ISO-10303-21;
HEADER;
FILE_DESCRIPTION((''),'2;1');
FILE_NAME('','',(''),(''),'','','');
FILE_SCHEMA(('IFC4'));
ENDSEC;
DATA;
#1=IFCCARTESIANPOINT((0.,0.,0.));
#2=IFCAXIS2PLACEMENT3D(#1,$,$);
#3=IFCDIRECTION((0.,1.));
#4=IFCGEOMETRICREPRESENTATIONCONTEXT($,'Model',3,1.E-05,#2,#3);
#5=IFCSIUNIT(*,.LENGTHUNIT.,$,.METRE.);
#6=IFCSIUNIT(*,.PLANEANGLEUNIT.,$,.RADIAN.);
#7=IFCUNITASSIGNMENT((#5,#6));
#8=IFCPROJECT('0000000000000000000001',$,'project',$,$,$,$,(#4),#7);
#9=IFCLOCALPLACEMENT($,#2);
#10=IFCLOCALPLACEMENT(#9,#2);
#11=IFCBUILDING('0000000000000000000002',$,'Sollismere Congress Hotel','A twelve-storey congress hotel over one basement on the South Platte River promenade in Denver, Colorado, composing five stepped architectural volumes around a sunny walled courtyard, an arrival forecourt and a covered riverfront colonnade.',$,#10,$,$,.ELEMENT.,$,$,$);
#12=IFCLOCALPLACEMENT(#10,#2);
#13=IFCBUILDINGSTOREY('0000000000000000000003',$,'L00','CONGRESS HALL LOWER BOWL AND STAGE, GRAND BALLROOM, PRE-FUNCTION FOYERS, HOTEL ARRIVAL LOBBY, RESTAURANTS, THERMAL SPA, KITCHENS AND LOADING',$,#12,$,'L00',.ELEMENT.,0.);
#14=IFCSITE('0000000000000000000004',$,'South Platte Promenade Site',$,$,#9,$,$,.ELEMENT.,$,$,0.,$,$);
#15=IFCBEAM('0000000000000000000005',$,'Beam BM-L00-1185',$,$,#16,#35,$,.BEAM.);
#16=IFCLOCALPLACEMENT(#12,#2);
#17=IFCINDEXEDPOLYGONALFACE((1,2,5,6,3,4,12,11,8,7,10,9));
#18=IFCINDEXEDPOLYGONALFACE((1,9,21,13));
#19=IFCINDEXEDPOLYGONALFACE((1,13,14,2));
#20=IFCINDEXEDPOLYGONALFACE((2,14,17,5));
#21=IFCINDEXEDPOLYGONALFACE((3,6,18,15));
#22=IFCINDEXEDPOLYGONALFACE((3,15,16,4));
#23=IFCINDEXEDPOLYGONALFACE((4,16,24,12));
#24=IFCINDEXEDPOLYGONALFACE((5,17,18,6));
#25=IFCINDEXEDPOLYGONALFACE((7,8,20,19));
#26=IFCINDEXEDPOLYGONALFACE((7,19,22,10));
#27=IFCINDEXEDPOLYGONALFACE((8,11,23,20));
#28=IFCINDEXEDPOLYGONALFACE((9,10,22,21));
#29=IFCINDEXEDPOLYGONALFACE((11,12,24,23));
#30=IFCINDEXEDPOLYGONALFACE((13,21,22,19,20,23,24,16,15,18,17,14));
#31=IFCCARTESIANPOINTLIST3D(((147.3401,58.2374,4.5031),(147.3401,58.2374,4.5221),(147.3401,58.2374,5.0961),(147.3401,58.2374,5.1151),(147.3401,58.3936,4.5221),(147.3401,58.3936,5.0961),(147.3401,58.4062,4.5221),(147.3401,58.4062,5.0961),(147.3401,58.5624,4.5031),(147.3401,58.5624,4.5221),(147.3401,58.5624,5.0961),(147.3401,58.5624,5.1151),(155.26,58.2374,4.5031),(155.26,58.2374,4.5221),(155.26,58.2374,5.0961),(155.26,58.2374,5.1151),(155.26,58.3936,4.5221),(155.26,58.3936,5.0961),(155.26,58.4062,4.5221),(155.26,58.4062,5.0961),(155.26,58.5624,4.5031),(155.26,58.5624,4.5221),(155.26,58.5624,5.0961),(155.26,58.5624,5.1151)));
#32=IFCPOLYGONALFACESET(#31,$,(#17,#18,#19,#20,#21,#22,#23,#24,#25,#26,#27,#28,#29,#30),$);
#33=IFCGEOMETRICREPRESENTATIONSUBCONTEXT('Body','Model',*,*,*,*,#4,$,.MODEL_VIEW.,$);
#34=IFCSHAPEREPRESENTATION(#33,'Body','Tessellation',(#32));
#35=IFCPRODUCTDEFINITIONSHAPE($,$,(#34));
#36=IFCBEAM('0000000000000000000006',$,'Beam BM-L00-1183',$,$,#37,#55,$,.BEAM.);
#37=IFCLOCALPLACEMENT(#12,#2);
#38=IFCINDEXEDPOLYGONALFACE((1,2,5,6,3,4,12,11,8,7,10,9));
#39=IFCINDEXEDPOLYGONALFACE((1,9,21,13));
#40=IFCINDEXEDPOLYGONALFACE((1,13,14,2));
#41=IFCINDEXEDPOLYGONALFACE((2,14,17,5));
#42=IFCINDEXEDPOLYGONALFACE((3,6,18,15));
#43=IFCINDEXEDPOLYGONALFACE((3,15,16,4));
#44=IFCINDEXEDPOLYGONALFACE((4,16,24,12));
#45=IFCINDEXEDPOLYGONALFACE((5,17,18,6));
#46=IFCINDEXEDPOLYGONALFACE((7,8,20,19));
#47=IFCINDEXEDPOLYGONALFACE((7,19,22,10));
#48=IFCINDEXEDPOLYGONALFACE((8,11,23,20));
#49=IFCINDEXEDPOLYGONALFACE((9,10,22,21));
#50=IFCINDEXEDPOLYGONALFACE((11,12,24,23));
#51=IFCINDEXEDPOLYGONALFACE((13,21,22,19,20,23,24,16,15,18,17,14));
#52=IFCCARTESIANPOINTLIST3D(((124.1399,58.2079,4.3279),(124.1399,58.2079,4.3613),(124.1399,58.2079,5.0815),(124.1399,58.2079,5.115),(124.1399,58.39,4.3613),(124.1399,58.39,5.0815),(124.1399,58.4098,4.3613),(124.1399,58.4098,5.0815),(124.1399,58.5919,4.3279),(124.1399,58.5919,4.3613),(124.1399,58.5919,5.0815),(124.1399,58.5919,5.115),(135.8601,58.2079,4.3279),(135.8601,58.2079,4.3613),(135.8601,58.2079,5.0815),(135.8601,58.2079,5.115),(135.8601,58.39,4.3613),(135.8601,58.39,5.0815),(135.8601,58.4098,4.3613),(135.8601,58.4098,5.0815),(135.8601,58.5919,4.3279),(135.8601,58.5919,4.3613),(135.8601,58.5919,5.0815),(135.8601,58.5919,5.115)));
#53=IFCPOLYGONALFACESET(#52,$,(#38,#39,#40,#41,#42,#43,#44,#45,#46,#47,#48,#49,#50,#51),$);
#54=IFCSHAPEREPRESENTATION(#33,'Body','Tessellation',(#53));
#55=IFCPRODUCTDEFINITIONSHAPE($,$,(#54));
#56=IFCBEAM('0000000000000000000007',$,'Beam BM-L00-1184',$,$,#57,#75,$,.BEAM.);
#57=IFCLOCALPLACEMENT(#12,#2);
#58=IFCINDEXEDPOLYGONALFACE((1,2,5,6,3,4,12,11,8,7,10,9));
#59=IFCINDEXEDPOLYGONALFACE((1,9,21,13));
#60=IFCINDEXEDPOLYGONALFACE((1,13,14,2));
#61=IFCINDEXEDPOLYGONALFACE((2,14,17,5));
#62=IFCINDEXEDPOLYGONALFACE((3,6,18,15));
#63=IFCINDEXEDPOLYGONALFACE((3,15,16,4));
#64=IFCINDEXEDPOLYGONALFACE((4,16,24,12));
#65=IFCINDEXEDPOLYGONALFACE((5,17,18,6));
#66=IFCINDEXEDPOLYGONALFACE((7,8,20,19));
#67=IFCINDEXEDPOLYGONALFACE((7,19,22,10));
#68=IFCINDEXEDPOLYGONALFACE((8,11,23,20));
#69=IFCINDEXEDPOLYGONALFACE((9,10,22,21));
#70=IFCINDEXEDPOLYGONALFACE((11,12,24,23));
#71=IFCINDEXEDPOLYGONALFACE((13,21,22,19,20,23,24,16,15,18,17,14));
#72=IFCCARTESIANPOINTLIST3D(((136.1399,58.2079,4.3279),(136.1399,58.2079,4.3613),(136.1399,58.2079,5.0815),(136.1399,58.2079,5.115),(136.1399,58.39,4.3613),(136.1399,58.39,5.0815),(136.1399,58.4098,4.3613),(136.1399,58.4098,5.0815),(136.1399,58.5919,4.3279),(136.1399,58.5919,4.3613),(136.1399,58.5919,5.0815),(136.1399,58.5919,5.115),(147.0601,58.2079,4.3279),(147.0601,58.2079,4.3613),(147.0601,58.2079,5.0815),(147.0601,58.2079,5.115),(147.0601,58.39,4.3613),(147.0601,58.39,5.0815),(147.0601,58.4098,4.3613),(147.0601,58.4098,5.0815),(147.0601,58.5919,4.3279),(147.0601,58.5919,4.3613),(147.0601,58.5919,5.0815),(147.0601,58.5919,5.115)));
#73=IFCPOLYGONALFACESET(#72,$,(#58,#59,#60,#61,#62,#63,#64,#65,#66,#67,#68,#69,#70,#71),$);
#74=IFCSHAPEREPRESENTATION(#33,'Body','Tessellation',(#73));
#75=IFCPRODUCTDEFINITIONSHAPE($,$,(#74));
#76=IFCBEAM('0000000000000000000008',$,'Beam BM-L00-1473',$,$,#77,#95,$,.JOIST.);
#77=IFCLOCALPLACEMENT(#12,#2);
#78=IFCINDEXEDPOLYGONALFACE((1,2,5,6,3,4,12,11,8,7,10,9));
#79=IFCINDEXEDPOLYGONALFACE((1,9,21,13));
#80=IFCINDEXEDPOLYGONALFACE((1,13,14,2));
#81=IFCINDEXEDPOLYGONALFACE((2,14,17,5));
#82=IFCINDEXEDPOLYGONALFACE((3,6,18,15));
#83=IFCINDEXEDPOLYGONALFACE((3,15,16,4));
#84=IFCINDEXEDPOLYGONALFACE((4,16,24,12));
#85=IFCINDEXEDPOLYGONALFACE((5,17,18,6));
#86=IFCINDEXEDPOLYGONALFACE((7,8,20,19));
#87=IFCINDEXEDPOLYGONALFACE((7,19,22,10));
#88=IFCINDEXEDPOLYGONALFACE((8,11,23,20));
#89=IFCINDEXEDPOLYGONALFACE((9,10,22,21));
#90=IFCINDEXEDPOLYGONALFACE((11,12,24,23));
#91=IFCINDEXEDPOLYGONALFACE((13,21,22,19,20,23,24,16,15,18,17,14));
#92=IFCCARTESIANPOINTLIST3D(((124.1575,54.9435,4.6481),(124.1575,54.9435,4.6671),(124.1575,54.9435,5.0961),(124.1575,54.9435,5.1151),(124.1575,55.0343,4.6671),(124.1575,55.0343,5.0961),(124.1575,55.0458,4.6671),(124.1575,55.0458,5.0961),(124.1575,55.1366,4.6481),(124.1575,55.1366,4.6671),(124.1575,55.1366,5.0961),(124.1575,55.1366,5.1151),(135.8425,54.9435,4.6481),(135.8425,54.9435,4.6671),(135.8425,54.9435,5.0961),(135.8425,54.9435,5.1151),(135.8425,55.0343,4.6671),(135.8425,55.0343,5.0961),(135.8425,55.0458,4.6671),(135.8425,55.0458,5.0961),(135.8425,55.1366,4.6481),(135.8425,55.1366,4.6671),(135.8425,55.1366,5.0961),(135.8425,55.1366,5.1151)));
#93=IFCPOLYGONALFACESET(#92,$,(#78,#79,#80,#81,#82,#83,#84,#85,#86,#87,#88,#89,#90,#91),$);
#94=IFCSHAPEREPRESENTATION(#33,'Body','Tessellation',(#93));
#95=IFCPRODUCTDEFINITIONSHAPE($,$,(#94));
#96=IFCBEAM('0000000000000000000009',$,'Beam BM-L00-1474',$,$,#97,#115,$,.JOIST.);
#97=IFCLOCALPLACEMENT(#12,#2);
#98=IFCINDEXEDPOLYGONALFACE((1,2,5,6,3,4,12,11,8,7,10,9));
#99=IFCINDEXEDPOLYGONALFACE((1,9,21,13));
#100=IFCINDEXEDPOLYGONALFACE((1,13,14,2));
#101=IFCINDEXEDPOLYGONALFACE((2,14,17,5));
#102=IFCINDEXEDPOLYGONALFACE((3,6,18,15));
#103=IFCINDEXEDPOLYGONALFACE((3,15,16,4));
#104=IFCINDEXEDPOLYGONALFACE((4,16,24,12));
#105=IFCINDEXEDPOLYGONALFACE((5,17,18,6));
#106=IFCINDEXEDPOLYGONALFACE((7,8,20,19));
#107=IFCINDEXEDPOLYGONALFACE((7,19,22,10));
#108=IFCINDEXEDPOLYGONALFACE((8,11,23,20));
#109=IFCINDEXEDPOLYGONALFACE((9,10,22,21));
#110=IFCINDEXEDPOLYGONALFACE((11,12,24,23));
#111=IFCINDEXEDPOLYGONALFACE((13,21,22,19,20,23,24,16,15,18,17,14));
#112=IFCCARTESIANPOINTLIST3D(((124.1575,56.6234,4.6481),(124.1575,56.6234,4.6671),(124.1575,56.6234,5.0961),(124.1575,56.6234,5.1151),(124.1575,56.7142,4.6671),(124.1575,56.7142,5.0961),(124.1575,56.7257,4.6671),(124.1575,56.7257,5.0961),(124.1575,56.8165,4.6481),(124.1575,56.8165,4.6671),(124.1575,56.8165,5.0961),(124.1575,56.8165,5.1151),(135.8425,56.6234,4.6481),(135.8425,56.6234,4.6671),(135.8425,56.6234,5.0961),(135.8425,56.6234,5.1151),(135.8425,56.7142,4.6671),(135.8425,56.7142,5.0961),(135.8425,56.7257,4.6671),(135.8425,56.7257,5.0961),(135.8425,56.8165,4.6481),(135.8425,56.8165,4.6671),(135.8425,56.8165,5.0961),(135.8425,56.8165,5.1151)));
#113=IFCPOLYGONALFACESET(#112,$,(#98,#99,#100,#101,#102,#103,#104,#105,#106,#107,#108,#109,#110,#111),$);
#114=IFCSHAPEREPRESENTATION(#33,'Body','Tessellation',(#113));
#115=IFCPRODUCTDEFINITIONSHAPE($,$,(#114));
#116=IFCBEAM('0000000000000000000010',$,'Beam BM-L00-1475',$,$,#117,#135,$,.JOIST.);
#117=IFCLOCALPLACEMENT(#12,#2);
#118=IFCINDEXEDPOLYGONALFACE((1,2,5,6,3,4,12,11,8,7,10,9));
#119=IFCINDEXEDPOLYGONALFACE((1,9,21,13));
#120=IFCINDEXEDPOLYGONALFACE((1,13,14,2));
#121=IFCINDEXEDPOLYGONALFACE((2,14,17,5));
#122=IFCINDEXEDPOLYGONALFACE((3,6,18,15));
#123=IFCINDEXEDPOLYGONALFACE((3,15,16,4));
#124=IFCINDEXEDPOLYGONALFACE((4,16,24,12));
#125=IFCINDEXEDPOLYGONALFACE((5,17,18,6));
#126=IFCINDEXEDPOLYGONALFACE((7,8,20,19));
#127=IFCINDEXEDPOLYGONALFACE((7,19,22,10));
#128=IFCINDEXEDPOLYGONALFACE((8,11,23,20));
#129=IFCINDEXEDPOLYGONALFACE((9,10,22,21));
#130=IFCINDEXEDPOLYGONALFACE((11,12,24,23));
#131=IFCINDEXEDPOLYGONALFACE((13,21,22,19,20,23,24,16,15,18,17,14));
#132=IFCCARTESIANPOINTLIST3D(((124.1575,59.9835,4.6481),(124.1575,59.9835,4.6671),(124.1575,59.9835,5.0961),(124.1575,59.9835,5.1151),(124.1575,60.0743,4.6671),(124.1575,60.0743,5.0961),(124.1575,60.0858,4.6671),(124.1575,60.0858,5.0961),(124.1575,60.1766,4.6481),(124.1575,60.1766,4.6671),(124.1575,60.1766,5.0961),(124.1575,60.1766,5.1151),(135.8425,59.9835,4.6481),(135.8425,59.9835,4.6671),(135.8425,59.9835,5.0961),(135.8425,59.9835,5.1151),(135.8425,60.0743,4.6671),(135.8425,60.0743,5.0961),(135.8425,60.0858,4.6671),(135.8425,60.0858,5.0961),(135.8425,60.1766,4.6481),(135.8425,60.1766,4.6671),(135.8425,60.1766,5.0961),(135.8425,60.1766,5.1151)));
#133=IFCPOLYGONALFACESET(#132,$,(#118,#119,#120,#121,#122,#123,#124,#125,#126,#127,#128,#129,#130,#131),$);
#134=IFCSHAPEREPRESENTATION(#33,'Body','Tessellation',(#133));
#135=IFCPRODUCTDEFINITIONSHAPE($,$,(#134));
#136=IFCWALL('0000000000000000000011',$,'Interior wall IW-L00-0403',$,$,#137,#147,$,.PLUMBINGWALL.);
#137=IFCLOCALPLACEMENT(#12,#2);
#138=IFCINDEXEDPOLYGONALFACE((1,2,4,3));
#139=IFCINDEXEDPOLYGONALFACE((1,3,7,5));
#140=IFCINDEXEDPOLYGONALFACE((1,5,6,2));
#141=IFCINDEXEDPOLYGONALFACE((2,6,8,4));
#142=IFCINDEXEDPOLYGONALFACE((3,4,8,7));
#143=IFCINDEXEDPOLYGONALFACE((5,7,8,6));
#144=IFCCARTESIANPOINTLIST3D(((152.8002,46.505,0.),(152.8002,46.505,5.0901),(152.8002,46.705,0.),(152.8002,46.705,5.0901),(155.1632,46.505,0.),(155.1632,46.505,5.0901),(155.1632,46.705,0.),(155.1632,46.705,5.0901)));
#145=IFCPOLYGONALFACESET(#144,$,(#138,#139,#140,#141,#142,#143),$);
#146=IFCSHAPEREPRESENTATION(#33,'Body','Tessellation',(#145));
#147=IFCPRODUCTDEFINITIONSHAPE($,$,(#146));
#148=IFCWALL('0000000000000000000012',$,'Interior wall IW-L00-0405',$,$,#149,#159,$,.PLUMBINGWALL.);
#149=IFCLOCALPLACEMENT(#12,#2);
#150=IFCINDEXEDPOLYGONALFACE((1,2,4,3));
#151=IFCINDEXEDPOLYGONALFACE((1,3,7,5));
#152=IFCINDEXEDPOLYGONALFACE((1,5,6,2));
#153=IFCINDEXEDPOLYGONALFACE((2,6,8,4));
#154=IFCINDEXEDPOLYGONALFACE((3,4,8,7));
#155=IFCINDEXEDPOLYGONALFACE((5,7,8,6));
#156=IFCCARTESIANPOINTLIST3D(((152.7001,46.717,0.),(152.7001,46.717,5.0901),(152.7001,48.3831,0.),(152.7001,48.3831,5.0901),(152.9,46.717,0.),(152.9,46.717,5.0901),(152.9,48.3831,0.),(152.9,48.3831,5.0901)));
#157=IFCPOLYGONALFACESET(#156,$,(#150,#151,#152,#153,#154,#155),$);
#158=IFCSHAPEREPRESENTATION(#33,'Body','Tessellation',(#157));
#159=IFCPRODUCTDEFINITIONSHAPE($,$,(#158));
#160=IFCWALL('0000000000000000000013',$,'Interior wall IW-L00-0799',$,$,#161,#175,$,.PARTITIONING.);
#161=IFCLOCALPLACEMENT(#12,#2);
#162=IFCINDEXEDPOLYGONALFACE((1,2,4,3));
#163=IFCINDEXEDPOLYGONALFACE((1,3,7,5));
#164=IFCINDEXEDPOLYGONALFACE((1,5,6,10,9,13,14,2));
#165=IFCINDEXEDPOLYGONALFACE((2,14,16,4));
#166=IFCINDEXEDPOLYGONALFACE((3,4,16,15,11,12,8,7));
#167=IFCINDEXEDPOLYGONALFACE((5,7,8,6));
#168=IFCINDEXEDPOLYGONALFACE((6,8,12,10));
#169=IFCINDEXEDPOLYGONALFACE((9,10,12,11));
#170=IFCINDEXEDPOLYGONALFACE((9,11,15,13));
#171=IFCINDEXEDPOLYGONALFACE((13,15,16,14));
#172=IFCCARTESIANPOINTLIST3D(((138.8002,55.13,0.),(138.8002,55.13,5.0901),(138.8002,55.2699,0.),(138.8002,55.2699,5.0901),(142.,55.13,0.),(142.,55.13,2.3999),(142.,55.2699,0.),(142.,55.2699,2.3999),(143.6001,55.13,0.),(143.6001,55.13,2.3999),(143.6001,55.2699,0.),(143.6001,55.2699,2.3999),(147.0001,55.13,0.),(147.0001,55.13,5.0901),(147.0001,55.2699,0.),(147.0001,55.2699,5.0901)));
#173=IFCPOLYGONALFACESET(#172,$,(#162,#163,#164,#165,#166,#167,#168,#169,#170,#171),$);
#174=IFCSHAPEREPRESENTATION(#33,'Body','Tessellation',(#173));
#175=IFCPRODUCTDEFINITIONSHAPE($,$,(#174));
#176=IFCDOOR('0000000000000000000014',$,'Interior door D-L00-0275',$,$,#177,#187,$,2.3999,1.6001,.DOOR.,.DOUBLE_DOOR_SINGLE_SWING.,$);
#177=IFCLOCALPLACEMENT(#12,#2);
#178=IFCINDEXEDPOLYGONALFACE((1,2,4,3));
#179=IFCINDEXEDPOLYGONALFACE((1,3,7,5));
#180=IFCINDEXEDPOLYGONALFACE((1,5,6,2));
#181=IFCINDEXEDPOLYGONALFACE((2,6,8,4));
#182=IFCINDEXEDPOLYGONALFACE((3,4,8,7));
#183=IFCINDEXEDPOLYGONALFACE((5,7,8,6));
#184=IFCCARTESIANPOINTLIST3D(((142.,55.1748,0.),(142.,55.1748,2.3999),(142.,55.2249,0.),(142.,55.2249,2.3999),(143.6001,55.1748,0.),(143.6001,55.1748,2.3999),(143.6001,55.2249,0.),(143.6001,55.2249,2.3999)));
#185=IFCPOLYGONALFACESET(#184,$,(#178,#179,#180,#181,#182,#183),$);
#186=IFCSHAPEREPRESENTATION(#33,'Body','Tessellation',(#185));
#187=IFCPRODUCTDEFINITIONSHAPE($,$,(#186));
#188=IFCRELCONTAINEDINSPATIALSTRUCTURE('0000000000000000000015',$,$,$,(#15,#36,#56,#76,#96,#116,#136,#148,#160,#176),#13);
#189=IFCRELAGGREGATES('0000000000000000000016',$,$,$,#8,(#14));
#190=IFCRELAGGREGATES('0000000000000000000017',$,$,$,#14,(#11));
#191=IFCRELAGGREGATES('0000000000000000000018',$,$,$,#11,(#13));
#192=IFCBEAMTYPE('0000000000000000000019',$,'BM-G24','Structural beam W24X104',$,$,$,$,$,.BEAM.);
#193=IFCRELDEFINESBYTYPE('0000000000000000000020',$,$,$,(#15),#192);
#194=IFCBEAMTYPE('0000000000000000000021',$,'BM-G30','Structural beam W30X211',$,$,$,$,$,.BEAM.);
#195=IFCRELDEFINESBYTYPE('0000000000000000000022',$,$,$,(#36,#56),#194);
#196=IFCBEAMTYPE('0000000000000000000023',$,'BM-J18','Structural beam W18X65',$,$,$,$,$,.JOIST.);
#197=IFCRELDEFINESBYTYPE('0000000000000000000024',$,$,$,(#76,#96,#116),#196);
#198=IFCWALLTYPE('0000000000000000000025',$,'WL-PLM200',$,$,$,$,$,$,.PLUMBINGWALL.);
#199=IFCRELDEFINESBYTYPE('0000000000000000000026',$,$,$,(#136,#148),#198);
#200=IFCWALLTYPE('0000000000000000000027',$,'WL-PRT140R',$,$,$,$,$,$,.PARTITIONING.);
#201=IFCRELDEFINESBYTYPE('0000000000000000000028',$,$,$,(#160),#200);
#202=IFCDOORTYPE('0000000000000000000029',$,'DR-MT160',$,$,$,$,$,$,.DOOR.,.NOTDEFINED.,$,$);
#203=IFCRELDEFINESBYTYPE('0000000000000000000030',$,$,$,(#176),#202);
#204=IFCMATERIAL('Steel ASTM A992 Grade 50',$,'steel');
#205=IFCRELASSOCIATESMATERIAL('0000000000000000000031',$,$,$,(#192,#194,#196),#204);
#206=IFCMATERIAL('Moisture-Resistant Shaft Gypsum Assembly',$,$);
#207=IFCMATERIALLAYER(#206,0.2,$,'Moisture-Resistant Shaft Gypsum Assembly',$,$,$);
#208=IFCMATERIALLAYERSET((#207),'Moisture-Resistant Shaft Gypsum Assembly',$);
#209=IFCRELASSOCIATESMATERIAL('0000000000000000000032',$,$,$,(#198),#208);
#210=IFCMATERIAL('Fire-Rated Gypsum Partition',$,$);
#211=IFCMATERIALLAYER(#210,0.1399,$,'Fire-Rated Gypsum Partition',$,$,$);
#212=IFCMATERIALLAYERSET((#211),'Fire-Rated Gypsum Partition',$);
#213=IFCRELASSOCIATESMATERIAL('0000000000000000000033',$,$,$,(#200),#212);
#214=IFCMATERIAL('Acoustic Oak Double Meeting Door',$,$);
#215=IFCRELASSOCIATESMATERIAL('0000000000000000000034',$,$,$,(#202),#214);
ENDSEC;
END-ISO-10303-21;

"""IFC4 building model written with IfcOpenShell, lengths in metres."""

from ifc_helpers import new_model, si_unit, direction, frame, frame_2d, origin, origin_2d, place, context, subcontext, project, spatial, rectangle, i_section, extrude, material, layer, layer_set, material_profile, profile_set, type_object, element, fill, save


model = new_model("IFC4")

# Units and contexts
model_context = context("Model", 3, precision=1e-05, world=origin(), true_north=direction((0.0, 1.0)))
body_context = subcontext(model_context, "Body", "Model", "MODEL_VIEW")
ifc_project = project(units=[si_unit("LENGTHUNIT", "METRE"), si_unit("PLANEANGLEUNIT", "RADIAN")], contexts=[model_context])

# Site, building, storey
site_placement = place(None, origin())
site = spatial("IfcSite", under=ifc_project, at=site_placement, Name="South Platte Promenade Site", CompositionType="ELEMENT", RefElevation=0.0)
building_placement = place(site_placement, origin())
building = spatial("IfcBuilding", under=site, at=building_placement, Name="Sollismere Congress Hotel", Description="A twelve-storey congress hotel over one basement on the South Platte River promenade in Denver, Colorado, composing five stepped architectural volumes around a sunny walled courtyard, an arrival forecourt and a covered riverfront colonnade.", CompositionType="ELEMENT")
storey_placement = place(building_placement, origin())
storey = spatial("IfcBuildingStorey", under=building, at=storey_placement, Name="L00", Description="CONGRESS HALL LOWER BOWL AND STAGE, GRAND BALLROOM, PRE-FUNCTION FOYERS, HOTEL ARRIVAL LOBBY, RESTAURANTS, THERMAL SPA, KITCHENS AND LOADING", LongName="L00", CompositionType="ELEMENT", Elevation=0.0)

# Shared definitions
ifc_material_1 = material(Name="Steel ASTM A992 Grade 50", Category="steel")

# Beams
ifc_material_profile_1 = material_profile(ifc_material_1, i_section(OverallWidth=0.325, OverallDepth=0.6121, WebThickness=0.0127, FlangeThickness=0.019, at=origin_2d()), Name="W24X104")
ifc_profile_set_1 = profile_set([ifc_material_profile_1], Name="Steel ASTM A992 Grade 50")
beam_type_1 = type_object("IfcBeamType", Name="BM-G24", Description="Structural beam W24X104", PredefinedType="BEAM", material=ifc_profile_set_1)
beam_1_placement = place(storey_placement, frame((147.3401, 58.3999, 4.8091), z_axis=(1.0, 0.0, 0.0), x_axis=(0.0, 1.0, 0.0)))
element("IfcBeam", 1, at=beam_1_placement, inside=storey, type_object=beam_type_1, Name="Beam BM-L00-1185", PredefinedType="BEAM", context=body_context, shape_type="SweptSolid", body=[
    extrude(i_section(OverallWidth=0.325, OverallDepth=0.6121, WebThickness=0.0127, FlangeThickness=0.019, at=origin_2d()), origin(), (0.0, 0.0, 1.0), 7.9199),
])
ifc_material_profile_2 = material_profile(ifc_material_1, i_section(OverallWidth=0.384, OverallDepth=0.7871, WebThickness=0.0198, FlangeThickness=0.0334, at=origin_2d()), Name="W30X211")
ifc_profile_set_2 = profile_set([ifc_material_profile_2], Name="Steel ASTM A992 Grade 50")
beam_type_2 = type_object("IfcBeamType", Name="BM-G30", Description="Structural beam W30X211", PredefinedType="BEAM", material=ifc_profile_set_2)
beam_2_placement = place(storey_placement, frame((124.1399, 58.3999, 4.7214), z_axis=(1.0, 0.0, 0.0), x_axis=(0.0, 1.0, 0.0)))
element("IfcBeam", 2, at=beam_2_placement, inside=storey, type_object=beam_type_2, Name="Beam BM-L00-1183", PredefinedType="BEAM", context=body_context, shape_type="SweptSolid", body=[
    extrude(i_section(OverallWidth=0.384, OverallDepth=0.7871, WebThickness=0.0198, FlangeThickness=0.0334, at=origin_2d()), origin(), (0.0, 0.0, 1.0), 11.7202),
])
beam_3_placement = place(storey_placement, frame((136.1399, 58.3999, 4.7214), z_axis=(1.0, 0.0, 0.0), x_axis=(0.0, 1.0, 0.0)))
element("IfcBeam", 3, at=beam_3_placement, inside=storey, type_object=beam_type_2, Name="Beam BM-L00-1184", PredefinedType="BEAM", context=body_context, shape_type="SweptSolid", body=[
    extrude(i_section(OverallWidth=0.384, OverallDepth=0.7871, WebThickness=0.0198, FlangeThickness=0.0334, at=origin_2d()), origin(), (0.0, 0.0, 1.0), 10.9202),
])
ifc_material_profile_3 = material_profile(ifc_material_1, i_section(OverallWidth=0.1931, OverallDepth=0.467, WebThickness=0.0115, FlangeThickness=0.019, at=origin_2d()), Name="W18X65")
ifc_profile_set_3 = profile_set([ifc_material_profile_3], Name="Steel ASTM A992 Grade 50")
beam_type_3 = type_object("IfcBeamType", Name="BM-J18", Description="Structural beam W18X65", PredefinedType="JOIST", material=ifc_profile_set_3)
for number, where, z_axis, x_axis, name in (
    (4, (124.1575, 55.04, 4.8816), (1.0, 0.0, 0.0), (0.0, 1.0, 0.0), "Beam BM-L00-1473"),
    (5, (124.1575, 56.72, 4.8816), (1.0, 0.0, 0.0), (0.0, 1.0, 0.0), "Beam BM-L00-1474"),
    (6, (124.1575, 60.0801, 4.8816), (1.0, 0.0, 0.0), (0.0, 1.0, 0.0), "Beam BM-L00-1475"),
):
    element("IfcBeam", number, at=place(storey_placement, frame(where, z_axis=z_axis, x_axis=x_axis)), inside=storey, type_object=beam_type_3, Name=name, PredefinedType="JOIST", context=body_context, shape_type="SweptSolid", body=[
        extrude(i_section(OverallWidth=0.1931, OverallDepth=0.467, WebThickness=0.0115, FlangeThickness=0.019, at=origin_2d()), origin(), (0.0, 0.0, 1.0), 11.6851),
    ])

# Walls
ifc_material_2 = material(Name="Moisture-Resistant Shaft Gypsum Assembly")
ifc_layer_1 = layer(ifc_material_2, 0.2, Name="Moisture-Resistant Shaft Gypsum Assembly")
ifc_layer_set_1 = layer_set([ifc_layer_1], Name="Moisture-Resistant Shaft Gypsum Assembly")
wall_type_1 = type_object("IfcWallType", Name="WL-PLM200", PredefinedType="PLUMBINGWALL", material=ifc_layer_set_1)
wall_1_placement = place(storey_placement, frame((152.8, 46.605, 0.0), z_axis=(0.0, 0.0, 1.0), x_axis=(1.0, 0.0, 0.0)))
element("IfcWall", 7, at=wall_1_placement, inside=storey, type_object=wall_type_1, Name="Interior wall IW-L00-0403", PredefinedType="PLUMBINGWALL", context=body_context, shape_type="SweptSolid", body=[
    extrude(rectangle(XDim=2.363, YDim=0.2, at=frame_2d((1.1816, 0.0))), origin(), (0.0, 0.0, 1.0), 5.0901),
])
wall_2_placement = place(storey_placement, frame((152.8, 46.717, 0.0), z_axis=(0.0, 0.0, 1.0), x_axis=(0.0, 1.0, 0.0)))
element("IfcWall", 8, at=wall_2_placement, inside=storey, type_object=wall_type_1, Name="Interior wall IW-L00-0405", PredefinedType="PLUMBINGWALL", context=body_context, shape_type="SweptSolid", body=[
    extrude(rectangle(XDim=1.666, YDim=0.2, at=frame_2d((0.833, 0.0))), origin(), (0.0, 0.0, 1.0), 5.0901),
])

# Wall, opening, door
ifc_material_3 = material(Name="Fire-Rated Gypsum Partition")
ifc_layer_2 = layer(ifc_material_3, 0.1399, Name="Fire-Rated Gypsum Partition")
ifc_layer_set_2 = layer_set([ifc_layer_2], Name="Fire-Rated Gypsum Partition")
wall_type_2 = type_object("IfcWallType", Name="WL-PRT140R", PredefinedType="PARTITIONING", material=ifc_layer_set_2)
wall_3_placement = place(storey_placement, frame((138.8, 55.2, 0.0), z_axis=(0.0, 0.0, 1.0), x_axis=(1.0, 0.0, 0.0)))
wall_3 = element("IfcWall", 9, at=wall_3_placement, inside=storey, type_object=wall_type_2, Name="Interior wall IW-L00-0799", PredefinedType="PARTITIONING", context=body_context, shape_type="SweptSolid", body=[
    extrude(rectangle(XDim=8.2, YDim=0.1399, at=frame_2d((4.1001, 0.0))), origin(), (0.0, 0.0, 1.0), 5.0901),
])
opening_1_placement = place(wall_3_placement, frame((3.2, 0.0, 0.0)))
opening_1 = element("IfcOpeningElement", 10, at=opening_1_placement, cuts=wall_3, PredefinedType="OPENING", context=body_context, shape_type="SweptSolid", body=[
    extrude(rectangle(XDim=1.6001, YDim=2.3999, at=frame_2d((0.8, 1.2))), frame((0.0, 0.0798, 0.0), z_axis=(0.0, -1.0, 0.0), x_axis=(1.0, 0.0, 0.0)), (0.0, 0.0, 1.0), 0.1599),
])
ifc_material_4 = material(Name="Acoustic Oak Double Meeting Door")
door_type = type_object("IfcDoorType", Name="DR-MT160", OperationType="NOTDEFINED", PredefinedType="DOOR", material=ifc_material_4)
door_1_placement = place(opening_1_placement, origin())
door_1 = element("IfcDoor", 11, at=door_1_placement, inside=storey, type_object=door_type, Name="Interior door D-L00-0275", OperationType="DOUBLE_DOOR_SINGLE_SWING", OverallHeight=2.3999, OverallWidth=1.6001, PredefinedType="DOOR", context=body_context, shape_type="SweptSolid", body=[
    extrude(rectangle(XDim=1.6001, YDim=2.3999, at=frame_2d((0.8, 1.2))), frame((0.0, 0.0249, 0.0), z_axis=(0.0, -1.0, 0.0), x_axis=(1.0, 0.0, 0.0)), (0.0, 0.0, 1.0), 0.05),
])
fill(opening_1, door_1)

save(model, "model.ifc")
